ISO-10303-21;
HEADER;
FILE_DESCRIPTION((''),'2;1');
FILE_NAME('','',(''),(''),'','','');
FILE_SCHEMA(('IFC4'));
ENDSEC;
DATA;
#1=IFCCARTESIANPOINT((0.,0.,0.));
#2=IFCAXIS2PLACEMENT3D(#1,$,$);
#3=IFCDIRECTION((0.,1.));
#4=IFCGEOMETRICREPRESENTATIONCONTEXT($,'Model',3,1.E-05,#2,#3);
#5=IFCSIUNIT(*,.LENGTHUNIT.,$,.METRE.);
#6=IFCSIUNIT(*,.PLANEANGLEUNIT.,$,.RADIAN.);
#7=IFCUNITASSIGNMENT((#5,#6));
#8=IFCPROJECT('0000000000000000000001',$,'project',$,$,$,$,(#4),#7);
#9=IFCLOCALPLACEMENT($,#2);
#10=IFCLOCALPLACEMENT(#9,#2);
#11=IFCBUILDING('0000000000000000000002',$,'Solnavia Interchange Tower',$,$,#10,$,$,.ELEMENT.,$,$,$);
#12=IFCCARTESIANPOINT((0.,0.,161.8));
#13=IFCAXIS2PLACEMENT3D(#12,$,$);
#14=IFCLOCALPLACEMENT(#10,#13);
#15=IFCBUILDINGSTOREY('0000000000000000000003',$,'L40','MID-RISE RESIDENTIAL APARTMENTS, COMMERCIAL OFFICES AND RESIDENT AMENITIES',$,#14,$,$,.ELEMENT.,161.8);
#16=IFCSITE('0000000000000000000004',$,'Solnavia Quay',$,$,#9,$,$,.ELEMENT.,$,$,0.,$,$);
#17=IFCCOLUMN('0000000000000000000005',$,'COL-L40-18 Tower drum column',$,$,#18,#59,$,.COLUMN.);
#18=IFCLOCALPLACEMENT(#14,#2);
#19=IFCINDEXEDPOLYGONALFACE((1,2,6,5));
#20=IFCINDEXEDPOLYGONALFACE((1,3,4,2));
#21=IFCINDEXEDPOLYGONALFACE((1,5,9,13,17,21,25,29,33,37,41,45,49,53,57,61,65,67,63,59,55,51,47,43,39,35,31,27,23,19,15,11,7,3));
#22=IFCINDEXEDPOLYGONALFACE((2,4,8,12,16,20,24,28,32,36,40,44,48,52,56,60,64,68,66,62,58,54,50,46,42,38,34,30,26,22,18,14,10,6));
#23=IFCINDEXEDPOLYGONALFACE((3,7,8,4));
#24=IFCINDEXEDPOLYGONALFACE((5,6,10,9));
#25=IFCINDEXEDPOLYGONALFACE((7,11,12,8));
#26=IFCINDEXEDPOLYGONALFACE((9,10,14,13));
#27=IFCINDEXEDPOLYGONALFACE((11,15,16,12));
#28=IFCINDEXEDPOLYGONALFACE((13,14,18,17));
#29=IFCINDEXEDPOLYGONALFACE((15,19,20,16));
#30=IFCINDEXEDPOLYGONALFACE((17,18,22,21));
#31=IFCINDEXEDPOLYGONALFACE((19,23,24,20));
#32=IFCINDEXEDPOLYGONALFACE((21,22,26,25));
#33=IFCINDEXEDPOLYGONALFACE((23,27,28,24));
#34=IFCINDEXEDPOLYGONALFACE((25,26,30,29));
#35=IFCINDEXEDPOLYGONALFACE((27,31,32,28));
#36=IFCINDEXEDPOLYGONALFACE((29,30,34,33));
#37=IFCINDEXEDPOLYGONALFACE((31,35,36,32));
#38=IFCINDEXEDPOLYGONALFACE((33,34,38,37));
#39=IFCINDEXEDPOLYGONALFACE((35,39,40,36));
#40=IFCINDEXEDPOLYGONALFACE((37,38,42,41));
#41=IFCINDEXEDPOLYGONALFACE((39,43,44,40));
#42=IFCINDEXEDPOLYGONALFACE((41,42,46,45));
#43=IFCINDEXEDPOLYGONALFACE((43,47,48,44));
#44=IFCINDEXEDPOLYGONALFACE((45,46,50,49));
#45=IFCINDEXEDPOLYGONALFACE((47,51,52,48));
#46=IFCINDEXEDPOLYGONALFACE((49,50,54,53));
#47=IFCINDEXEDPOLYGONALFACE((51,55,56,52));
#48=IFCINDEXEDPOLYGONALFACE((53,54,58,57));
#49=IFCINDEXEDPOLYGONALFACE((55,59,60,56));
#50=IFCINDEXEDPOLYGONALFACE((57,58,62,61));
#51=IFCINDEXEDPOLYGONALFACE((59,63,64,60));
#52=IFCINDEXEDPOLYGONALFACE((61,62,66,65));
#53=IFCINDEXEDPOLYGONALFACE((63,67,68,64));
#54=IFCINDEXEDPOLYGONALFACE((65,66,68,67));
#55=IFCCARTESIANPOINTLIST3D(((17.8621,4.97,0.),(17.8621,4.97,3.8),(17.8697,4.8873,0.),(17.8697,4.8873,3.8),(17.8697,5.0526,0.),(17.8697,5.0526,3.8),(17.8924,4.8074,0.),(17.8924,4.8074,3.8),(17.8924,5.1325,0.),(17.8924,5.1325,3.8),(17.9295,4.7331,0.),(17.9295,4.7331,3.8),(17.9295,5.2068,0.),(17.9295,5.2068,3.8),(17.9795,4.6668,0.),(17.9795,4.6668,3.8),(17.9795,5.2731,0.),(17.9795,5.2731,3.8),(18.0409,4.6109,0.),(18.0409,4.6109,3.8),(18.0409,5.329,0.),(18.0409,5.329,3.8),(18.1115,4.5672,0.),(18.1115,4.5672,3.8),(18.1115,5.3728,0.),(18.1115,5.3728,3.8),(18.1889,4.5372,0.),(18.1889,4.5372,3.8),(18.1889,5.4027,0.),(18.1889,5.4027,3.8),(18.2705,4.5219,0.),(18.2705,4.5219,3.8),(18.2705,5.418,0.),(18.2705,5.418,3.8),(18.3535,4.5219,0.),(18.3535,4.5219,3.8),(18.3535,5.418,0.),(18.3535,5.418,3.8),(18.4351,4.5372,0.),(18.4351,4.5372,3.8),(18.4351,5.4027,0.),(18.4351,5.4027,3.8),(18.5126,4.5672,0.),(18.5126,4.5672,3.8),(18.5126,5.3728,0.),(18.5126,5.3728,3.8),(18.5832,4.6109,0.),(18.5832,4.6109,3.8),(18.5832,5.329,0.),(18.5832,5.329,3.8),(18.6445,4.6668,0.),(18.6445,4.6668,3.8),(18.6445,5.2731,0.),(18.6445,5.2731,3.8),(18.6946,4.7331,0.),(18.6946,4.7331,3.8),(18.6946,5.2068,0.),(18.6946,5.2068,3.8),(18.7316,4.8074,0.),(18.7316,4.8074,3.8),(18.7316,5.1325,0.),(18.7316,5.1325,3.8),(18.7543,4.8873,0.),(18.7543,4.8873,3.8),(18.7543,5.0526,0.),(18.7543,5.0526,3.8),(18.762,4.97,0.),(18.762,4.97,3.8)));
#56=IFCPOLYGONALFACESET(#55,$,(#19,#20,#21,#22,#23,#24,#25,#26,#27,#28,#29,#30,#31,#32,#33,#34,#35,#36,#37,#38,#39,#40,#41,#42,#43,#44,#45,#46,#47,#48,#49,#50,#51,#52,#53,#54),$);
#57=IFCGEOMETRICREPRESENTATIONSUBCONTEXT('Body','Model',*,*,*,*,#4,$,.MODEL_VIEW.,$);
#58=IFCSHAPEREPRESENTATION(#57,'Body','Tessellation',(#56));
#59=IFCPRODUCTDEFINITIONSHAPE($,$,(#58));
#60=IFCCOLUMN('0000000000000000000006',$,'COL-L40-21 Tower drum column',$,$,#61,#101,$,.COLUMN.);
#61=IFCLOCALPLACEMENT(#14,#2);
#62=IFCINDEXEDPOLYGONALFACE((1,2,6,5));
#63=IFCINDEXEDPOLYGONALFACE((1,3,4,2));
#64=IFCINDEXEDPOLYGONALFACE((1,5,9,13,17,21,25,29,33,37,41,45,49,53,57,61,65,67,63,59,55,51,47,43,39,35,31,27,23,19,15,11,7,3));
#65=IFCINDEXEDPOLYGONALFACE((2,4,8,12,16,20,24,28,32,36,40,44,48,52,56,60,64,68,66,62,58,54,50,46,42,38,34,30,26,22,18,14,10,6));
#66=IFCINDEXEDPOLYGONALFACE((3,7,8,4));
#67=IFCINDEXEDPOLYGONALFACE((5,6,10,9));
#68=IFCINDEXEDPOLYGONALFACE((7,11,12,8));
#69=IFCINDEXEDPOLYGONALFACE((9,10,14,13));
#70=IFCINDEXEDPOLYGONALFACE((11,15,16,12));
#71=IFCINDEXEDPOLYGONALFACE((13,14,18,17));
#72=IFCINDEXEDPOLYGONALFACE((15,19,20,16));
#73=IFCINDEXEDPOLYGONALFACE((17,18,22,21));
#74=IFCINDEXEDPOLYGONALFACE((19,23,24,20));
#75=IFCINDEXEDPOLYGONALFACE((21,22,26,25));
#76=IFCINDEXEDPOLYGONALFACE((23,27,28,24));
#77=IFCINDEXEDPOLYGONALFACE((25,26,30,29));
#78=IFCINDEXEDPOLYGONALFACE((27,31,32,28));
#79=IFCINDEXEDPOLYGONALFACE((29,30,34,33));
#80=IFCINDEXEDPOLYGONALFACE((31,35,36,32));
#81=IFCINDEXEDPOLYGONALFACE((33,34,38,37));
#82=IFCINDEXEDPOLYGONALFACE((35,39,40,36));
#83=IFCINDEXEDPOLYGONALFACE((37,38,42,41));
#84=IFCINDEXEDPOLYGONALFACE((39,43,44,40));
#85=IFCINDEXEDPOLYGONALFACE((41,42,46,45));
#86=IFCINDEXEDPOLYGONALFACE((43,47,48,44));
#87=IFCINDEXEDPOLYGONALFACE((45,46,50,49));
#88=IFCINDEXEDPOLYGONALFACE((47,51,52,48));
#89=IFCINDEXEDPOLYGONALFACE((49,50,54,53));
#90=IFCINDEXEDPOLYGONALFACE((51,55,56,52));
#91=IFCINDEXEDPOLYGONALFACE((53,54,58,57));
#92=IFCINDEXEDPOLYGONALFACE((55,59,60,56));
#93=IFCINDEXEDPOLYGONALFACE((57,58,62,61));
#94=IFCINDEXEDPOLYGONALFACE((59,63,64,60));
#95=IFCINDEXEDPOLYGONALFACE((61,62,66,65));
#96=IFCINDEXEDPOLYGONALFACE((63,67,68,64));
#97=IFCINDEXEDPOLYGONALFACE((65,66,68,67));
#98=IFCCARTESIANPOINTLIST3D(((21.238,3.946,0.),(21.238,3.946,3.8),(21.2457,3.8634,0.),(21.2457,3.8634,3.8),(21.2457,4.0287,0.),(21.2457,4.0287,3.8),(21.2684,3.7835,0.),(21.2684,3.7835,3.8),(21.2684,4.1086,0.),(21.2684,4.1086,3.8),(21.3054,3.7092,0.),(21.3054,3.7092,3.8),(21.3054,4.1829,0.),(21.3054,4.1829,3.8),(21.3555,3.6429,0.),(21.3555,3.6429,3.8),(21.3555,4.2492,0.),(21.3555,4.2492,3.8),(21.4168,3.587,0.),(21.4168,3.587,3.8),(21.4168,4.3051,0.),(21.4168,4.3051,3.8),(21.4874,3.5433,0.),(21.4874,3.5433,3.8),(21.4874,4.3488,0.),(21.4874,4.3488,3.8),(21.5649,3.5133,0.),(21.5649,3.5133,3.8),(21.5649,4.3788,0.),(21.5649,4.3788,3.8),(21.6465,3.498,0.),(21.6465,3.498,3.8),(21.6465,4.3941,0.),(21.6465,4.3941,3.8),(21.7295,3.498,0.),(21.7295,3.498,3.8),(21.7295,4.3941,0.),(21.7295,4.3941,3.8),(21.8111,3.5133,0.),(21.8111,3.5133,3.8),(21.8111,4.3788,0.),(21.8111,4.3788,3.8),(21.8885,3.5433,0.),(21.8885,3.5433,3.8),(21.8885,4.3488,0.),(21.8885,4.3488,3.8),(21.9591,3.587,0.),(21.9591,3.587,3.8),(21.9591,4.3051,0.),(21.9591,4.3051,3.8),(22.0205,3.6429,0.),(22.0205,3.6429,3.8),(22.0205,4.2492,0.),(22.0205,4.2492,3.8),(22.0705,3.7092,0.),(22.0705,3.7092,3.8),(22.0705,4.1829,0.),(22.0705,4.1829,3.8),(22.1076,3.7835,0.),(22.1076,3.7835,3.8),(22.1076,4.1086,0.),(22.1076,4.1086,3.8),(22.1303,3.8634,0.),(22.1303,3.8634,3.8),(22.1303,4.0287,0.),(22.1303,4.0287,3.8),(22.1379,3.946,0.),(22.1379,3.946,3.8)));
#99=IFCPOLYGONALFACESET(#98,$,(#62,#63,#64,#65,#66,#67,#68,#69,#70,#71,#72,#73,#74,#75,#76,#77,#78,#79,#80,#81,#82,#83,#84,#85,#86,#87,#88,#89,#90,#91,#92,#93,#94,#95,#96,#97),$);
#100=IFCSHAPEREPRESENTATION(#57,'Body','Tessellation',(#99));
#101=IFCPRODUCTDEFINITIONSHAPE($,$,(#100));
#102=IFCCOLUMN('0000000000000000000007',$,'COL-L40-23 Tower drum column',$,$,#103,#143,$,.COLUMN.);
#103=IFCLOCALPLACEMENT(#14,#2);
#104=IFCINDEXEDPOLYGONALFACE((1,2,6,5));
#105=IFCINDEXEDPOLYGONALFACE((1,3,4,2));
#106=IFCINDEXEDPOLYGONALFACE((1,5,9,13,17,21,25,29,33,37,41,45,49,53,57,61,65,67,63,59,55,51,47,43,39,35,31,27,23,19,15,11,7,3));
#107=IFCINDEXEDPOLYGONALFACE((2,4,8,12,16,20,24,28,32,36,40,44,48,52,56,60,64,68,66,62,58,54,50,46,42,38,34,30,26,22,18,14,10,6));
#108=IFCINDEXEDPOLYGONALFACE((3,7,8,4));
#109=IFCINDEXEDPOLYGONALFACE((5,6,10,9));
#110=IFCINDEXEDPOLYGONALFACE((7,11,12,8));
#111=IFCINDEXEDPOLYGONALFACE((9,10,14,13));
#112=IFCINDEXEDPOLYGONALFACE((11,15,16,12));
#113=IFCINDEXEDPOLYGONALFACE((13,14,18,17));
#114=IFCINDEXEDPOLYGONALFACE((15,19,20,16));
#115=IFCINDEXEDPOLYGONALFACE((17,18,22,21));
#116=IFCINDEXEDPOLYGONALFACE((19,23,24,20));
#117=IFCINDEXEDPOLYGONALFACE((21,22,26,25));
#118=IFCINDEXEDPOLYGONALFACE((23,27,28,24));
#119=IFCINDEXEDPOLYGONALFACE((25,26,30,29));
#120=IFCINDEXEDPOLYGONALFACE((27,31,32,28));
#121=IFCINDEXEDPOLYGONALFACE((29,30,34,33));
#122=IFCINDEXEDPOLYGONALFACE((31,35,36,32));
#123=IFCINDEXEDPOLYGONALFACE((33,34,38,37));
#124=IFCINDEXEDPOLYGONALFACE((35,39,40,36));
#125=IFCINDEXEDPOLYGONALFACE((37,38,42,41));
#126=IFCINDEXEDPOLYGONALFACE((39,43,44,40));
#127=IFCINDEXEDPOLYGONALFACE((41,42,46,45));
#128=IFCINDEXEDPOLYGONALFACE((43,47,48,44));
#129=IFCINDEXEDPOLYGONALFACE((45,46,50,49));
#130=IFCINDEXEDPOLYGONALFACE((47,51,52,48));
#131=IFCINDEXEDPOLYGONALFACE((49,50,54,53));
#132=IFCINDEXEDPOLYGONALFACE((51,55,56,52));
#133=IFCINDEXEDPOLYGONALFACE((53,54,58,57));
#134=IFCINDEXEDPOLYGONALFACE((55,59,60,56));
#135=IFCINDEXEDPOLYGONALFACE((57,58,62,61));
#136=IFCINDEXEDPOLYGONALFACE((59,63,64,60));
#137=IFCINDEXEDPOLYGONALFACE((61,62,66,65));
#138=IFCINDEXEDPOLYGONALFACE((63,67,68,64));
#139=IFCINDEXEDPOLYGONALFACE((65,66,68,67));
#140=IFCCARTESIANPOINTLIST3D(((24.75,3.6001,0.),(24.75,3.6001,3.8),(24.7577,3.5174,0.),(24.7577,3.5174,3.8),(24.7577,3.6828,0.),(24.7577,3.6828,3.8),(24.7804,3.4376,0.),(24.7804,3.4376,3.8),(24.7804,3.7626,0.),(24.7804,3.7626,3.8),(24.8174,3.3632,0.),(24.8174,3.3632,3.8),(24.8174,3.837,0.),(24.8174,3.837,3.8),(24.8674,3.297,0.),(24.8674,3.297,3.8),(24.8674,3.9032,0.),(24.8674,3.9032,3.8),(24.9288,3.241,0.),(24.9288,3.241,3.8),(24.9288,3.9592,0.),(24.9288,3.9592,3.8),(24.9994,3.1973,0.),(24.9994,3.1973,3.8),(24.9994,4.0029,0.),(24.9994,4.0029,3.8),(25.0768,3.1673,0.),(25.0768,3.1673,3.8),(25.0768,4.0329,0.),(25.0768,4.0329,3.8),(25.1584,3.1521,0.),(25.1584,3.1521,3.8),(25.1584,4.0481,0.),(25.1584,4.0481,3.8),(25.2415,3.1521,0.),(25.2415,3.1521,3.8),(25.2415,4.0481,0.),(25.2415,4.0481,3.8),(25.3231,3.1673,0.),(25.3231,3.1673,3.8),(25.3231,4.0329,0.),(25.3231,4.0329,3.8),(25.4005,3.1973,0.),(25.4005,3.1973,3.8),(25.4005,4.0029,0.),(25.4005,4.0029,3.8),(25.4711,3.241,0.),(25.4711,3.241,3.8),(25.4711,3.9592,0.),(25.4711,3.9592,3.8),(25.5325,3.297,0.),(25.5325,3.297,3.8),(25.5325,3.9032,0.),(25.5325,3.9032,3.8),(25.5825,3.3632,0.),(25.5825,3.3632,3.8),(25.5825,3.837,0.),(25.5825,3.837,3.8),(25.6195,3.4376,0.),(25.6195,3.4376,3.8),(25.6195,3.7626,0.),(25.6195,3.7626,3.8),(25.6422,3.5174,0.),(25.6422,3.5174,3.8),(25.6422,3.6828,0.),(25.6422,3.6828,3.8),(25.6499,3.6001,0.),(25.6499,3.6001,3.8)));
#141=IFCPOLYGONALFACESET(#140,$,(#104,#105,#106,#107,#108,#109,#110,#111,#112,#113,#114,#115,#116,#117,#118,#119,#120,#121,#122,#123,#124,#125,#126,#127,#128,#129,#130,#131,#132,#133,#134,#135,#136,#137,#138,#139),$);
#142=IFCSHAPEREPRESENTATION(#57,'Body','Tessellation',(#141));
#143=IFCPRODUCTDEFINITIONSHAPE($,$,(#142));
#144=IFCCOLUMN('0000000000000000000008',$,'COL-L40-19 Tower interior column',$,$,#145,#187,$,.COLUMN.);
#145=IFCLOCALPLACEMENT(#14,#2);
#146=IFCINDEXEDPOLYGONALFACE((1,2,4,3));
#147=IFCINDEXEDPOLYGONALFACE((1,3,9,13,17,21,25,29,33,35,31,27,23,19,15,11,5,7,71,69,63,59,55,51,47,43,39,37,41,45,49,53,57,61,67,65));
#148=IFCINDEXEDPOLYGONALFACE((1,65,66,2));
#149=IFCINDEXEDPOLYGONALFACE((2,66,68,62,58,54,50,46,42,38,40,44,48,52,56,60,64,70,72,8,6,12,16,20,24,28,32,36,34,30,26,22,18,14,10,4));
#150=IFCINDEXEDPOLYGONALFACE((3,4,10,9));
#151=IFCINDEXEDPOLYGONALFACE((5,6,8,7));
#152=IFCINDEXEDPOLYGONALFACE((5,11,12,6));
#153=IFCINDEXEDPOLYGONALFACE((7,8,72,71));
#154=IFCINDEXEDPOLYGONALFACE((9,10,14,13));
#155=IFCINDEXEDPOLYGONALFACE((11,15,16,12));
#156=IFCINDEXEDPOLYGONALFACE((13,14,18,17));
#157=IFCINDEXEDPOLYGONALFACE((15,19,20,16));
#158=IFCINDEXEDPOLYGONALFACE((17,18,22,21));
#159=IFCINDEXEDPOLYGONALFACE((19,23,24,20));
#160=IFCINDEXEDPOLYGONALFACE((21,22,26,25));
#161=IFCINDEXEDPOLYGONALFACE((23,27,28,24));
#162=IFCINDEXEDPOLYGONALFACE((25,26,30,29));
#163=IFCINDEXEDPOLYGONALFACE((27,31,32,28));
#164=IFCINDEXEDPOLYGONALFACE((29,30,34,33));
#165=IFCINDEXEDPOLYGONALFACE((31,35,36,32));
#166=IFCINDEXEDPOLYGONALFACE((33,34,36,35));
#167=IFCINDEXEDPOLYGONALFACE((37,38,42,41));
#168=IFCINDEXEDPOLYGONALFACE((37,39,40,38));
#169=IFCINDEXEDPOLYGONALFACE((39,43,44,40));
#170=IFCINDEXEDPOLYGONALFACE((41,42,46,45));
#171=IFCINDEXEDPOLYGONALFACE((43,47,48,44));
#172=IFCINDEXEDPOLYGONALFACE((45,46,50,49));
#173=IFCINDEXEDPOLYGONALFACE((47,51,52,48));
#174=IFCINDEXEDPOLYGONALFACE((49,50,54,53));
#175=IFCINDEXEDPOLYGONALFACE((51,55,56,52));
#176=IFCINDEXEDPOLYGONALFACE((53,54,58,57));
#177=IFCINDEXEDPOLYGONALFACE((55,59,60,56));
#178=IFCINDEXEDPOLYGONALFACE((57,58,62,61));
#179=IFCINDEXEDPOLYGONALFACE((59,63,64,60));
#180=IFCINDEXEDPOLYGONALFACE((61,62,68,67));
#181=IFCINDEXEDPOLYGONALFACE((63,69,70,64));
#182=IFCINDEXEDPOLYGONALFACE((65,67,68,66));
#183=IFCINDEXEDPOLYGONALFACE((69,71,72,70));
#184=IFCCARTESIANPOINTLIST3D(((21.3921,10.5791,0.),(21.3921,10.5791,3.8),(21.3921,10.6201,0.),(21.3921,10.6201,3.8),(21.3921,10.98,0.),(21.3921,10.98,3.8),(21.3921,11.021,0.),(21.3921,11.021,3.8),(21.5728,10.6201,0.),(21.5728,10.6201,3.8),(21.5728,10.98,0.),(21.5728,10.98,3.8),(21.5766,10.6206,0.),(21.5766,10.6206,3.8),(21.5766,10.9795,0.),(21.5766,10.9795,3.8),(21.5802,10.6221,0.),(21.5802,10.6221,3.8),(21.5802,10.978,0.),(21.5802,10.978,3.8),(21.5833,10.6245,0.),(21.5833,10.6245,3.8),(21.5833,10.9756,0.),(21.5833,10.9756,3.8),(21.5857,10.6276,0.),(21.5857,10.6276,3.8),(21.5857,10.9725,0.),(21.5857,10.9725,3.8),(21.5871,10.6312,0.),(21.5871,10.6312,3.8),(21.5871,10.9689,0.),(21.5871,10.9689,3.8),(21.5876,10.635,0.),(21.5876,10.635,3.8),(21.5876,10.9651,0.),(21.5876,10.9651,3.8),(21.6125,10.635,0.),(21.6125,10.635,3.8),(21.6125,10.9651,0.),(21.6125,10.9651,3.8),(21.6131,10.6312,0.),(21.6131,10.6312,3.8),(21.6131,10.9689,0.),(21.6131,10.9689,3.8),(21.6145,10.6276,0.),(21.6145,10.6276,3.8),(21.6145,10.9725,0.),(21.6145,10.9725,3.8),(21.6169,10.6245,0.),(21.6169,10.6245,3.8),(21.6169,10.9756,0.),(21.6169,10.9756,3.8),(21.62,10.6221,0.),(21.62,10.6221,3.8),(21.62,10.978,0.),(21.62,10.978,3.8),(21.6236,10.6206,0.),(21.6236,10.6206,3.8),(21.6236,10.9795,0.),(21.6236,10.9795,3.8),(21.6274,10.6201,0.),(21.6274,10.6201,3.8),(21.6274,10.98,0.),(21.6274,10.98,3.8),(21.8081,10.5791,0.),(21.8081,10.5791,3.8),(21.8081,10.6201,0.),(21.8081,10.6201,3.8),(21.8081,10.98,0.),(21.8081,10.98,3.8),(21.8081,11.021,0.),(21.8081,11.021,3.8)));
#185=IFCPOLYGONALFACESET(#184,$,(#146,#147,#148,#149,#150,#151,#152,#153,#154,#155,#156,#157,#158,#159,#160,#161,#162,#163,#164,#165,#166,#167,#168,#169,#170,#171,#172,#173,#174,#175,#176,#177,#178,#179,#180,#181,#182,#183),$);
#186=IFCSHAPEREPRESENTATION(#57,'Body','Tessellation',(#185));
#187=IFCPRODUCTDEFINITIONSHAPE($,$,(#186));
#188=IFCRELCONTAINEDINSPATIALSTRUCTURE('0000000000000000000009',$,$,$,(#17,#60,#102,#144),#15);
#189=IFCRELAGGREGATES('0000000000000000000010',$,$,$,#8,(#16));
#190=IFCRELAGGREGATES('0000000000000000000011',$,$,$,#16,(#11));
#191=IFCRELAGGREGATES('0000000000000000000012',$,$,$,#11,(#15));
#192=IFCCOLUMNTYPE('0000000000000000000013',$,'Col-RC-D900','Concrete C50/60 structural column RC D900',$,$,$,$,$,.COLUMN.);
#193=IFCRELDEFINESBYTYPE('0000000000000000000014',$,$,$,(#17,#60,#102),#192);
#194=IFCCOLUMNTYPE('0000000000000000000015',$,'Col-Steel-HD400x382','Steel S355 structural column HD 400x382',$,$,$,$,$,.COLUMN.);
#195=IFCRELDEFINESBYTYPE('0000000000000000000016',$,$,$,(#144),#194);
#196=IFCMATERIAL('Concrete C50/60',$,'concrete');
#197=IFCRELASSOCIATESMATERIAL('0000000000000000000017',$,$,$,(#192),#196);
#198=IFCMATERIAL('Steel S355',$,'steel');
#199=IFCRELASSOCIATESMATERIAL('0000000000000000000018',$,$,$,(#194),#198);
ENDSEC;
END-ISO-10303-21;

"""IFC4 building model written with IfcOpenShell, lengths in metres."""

from ifc_helpers import new_model, si_unit, direction, frame, origin, origin_2d, place, context, subcontext, project, spatial, circle, i_section, extrude, material, material_profile, profile_set, type_object, element, save


model = new_model("IFC4")

# Units and contexts
model_context = context("Model", 3, precision=1e-05, world=origin(), true_north=direction((0.0, 1.0)))
body_context = subcontext(model_context, "Body", "Model", "MODEL_VIEW")
ifc_project = project(units=[si_unit("LENGTHUNIT", "METRE"), si_unit("PLANEANGLEUNIT", "RADIAN")], contexts=[model_context])

# Site, building, storey
site_placement = place(None, origin())
site = spatial("IfcSite", under=ifc_project, at=site_placement, Name="Solnavia Quay", CompositionType="ELEMENT", RefElevation=0.0)
building_placement = place(site_placement, origin())
building = spatial("IfcBuilding", under=site, at=building_placement, Name="Solnavia Interchange Tower", CompositionType="ELEMENT")
storey_placement = place(building_placement, frame((0.0, 0.0, 161.8)))
storey = spatial("IfcBuildingStorey", under=building, at=storey_placement, Name="L40", Description="MID-RISE RESIDENTIAL APARTMENTS, COMMERCIAL OFFICES AND RESIDENT AMENITIES", CompositionType="ELEMENT", Elevation=161.8)

# Columns
ifc_material_1 = material(Name="Concrete C50/60", Category="concrete")
ifc_material_profile_1 = material_profile(ifc_material_1, circle(Radius=0.45, at=origin_2d()), Name="RC D900")
ifc_profile_set_1 = profile_set([ifc_material_profile_1], Name="Concrete C50/60")
column_type_1 = type_object("IfcColumnType", Name="Col-RC-D900", Description="Concrete C50/60 structural column RC D900", PredefinedType="COLUMN", material=ifc_profile_set_1)
for number, where, z_axis, x_axis, name in (
    (1, (18.312, 4.97, 0.0), (0.0, 0.0, 1.0), (1.0, 0.0, 0.0), "COL-L40-18 Tower drum column"),
    (2, (21.688, 3.946, 0.0), (0.0, 0.0, 1.0), (1.0, 0.0, 0.0), "COL-L40-21 Tower drum column"),
    (3, (25.2, 3.6001, 0.0), (0.0, 0.0, 1.0), (1.0, 0.0, 0.0), "COL-L40-23 Tower drum column"),
):
    element("IfcColumn", number, at=place(storey_placement, frame(where, z_axis=z_axis, x_axis=x_axis)), inside=storey, type_object=column_type_1, Name=name, PredefinedType="COLUMN", context=body_context, shape_type="SweptSolid", body=[
        extrude(circle(Radius=0.45, at=origin_2d()), origin(), (0.0, 0.0, 1.0), 3.8),
    ])
ifc_material_2 = material(Name="Steel S355", Category="steel")
ifc_material_profile_2 = material_profile(ifc_material_2, i_section(OverallWidth=0.416, OverallDepth=0.4419, WebThickness=0.0249, FlangeThickness=0.041, FilletRadius=0.0149, at=origin_2d()), Name="HD 400x382")
ifc_profile_set_2 = profile_set([ifc_material_profile_2], Name="Steel S355")
column_type_2 = type_object("IfcColumnType", Name="Col-Steel-HD400x382", Description="Steel S355 structural column HD 400x382", PredefinedType="COLUMN", material=ifc_profile_set_2)
column_placement = place(storey_placement, frame((21.6001, 10.8, 0.0), z_axis=(0.0, 0.0, 1.0), x_axis=(1.0, 0.0, 0.0)))
element("IfcColumn", 4, at=column_placement, inside=storey, type_object=column_type_2, Name="COL-L40-19 Tower interior column", PredefinedType="COLUMN", context=body_context, shape_type="SweptSolid", body=[
    extrude(i_section(OverallWidth=0.416, OverallDepth=0.4419, WebThickness=0.0249, FlangeThickness=0.041, FilletRadius=0.0149, at=origin_2d()), origin(), (0.0, 0.0, 1.0), 3.8),
])

save(model, "model.ifc")
